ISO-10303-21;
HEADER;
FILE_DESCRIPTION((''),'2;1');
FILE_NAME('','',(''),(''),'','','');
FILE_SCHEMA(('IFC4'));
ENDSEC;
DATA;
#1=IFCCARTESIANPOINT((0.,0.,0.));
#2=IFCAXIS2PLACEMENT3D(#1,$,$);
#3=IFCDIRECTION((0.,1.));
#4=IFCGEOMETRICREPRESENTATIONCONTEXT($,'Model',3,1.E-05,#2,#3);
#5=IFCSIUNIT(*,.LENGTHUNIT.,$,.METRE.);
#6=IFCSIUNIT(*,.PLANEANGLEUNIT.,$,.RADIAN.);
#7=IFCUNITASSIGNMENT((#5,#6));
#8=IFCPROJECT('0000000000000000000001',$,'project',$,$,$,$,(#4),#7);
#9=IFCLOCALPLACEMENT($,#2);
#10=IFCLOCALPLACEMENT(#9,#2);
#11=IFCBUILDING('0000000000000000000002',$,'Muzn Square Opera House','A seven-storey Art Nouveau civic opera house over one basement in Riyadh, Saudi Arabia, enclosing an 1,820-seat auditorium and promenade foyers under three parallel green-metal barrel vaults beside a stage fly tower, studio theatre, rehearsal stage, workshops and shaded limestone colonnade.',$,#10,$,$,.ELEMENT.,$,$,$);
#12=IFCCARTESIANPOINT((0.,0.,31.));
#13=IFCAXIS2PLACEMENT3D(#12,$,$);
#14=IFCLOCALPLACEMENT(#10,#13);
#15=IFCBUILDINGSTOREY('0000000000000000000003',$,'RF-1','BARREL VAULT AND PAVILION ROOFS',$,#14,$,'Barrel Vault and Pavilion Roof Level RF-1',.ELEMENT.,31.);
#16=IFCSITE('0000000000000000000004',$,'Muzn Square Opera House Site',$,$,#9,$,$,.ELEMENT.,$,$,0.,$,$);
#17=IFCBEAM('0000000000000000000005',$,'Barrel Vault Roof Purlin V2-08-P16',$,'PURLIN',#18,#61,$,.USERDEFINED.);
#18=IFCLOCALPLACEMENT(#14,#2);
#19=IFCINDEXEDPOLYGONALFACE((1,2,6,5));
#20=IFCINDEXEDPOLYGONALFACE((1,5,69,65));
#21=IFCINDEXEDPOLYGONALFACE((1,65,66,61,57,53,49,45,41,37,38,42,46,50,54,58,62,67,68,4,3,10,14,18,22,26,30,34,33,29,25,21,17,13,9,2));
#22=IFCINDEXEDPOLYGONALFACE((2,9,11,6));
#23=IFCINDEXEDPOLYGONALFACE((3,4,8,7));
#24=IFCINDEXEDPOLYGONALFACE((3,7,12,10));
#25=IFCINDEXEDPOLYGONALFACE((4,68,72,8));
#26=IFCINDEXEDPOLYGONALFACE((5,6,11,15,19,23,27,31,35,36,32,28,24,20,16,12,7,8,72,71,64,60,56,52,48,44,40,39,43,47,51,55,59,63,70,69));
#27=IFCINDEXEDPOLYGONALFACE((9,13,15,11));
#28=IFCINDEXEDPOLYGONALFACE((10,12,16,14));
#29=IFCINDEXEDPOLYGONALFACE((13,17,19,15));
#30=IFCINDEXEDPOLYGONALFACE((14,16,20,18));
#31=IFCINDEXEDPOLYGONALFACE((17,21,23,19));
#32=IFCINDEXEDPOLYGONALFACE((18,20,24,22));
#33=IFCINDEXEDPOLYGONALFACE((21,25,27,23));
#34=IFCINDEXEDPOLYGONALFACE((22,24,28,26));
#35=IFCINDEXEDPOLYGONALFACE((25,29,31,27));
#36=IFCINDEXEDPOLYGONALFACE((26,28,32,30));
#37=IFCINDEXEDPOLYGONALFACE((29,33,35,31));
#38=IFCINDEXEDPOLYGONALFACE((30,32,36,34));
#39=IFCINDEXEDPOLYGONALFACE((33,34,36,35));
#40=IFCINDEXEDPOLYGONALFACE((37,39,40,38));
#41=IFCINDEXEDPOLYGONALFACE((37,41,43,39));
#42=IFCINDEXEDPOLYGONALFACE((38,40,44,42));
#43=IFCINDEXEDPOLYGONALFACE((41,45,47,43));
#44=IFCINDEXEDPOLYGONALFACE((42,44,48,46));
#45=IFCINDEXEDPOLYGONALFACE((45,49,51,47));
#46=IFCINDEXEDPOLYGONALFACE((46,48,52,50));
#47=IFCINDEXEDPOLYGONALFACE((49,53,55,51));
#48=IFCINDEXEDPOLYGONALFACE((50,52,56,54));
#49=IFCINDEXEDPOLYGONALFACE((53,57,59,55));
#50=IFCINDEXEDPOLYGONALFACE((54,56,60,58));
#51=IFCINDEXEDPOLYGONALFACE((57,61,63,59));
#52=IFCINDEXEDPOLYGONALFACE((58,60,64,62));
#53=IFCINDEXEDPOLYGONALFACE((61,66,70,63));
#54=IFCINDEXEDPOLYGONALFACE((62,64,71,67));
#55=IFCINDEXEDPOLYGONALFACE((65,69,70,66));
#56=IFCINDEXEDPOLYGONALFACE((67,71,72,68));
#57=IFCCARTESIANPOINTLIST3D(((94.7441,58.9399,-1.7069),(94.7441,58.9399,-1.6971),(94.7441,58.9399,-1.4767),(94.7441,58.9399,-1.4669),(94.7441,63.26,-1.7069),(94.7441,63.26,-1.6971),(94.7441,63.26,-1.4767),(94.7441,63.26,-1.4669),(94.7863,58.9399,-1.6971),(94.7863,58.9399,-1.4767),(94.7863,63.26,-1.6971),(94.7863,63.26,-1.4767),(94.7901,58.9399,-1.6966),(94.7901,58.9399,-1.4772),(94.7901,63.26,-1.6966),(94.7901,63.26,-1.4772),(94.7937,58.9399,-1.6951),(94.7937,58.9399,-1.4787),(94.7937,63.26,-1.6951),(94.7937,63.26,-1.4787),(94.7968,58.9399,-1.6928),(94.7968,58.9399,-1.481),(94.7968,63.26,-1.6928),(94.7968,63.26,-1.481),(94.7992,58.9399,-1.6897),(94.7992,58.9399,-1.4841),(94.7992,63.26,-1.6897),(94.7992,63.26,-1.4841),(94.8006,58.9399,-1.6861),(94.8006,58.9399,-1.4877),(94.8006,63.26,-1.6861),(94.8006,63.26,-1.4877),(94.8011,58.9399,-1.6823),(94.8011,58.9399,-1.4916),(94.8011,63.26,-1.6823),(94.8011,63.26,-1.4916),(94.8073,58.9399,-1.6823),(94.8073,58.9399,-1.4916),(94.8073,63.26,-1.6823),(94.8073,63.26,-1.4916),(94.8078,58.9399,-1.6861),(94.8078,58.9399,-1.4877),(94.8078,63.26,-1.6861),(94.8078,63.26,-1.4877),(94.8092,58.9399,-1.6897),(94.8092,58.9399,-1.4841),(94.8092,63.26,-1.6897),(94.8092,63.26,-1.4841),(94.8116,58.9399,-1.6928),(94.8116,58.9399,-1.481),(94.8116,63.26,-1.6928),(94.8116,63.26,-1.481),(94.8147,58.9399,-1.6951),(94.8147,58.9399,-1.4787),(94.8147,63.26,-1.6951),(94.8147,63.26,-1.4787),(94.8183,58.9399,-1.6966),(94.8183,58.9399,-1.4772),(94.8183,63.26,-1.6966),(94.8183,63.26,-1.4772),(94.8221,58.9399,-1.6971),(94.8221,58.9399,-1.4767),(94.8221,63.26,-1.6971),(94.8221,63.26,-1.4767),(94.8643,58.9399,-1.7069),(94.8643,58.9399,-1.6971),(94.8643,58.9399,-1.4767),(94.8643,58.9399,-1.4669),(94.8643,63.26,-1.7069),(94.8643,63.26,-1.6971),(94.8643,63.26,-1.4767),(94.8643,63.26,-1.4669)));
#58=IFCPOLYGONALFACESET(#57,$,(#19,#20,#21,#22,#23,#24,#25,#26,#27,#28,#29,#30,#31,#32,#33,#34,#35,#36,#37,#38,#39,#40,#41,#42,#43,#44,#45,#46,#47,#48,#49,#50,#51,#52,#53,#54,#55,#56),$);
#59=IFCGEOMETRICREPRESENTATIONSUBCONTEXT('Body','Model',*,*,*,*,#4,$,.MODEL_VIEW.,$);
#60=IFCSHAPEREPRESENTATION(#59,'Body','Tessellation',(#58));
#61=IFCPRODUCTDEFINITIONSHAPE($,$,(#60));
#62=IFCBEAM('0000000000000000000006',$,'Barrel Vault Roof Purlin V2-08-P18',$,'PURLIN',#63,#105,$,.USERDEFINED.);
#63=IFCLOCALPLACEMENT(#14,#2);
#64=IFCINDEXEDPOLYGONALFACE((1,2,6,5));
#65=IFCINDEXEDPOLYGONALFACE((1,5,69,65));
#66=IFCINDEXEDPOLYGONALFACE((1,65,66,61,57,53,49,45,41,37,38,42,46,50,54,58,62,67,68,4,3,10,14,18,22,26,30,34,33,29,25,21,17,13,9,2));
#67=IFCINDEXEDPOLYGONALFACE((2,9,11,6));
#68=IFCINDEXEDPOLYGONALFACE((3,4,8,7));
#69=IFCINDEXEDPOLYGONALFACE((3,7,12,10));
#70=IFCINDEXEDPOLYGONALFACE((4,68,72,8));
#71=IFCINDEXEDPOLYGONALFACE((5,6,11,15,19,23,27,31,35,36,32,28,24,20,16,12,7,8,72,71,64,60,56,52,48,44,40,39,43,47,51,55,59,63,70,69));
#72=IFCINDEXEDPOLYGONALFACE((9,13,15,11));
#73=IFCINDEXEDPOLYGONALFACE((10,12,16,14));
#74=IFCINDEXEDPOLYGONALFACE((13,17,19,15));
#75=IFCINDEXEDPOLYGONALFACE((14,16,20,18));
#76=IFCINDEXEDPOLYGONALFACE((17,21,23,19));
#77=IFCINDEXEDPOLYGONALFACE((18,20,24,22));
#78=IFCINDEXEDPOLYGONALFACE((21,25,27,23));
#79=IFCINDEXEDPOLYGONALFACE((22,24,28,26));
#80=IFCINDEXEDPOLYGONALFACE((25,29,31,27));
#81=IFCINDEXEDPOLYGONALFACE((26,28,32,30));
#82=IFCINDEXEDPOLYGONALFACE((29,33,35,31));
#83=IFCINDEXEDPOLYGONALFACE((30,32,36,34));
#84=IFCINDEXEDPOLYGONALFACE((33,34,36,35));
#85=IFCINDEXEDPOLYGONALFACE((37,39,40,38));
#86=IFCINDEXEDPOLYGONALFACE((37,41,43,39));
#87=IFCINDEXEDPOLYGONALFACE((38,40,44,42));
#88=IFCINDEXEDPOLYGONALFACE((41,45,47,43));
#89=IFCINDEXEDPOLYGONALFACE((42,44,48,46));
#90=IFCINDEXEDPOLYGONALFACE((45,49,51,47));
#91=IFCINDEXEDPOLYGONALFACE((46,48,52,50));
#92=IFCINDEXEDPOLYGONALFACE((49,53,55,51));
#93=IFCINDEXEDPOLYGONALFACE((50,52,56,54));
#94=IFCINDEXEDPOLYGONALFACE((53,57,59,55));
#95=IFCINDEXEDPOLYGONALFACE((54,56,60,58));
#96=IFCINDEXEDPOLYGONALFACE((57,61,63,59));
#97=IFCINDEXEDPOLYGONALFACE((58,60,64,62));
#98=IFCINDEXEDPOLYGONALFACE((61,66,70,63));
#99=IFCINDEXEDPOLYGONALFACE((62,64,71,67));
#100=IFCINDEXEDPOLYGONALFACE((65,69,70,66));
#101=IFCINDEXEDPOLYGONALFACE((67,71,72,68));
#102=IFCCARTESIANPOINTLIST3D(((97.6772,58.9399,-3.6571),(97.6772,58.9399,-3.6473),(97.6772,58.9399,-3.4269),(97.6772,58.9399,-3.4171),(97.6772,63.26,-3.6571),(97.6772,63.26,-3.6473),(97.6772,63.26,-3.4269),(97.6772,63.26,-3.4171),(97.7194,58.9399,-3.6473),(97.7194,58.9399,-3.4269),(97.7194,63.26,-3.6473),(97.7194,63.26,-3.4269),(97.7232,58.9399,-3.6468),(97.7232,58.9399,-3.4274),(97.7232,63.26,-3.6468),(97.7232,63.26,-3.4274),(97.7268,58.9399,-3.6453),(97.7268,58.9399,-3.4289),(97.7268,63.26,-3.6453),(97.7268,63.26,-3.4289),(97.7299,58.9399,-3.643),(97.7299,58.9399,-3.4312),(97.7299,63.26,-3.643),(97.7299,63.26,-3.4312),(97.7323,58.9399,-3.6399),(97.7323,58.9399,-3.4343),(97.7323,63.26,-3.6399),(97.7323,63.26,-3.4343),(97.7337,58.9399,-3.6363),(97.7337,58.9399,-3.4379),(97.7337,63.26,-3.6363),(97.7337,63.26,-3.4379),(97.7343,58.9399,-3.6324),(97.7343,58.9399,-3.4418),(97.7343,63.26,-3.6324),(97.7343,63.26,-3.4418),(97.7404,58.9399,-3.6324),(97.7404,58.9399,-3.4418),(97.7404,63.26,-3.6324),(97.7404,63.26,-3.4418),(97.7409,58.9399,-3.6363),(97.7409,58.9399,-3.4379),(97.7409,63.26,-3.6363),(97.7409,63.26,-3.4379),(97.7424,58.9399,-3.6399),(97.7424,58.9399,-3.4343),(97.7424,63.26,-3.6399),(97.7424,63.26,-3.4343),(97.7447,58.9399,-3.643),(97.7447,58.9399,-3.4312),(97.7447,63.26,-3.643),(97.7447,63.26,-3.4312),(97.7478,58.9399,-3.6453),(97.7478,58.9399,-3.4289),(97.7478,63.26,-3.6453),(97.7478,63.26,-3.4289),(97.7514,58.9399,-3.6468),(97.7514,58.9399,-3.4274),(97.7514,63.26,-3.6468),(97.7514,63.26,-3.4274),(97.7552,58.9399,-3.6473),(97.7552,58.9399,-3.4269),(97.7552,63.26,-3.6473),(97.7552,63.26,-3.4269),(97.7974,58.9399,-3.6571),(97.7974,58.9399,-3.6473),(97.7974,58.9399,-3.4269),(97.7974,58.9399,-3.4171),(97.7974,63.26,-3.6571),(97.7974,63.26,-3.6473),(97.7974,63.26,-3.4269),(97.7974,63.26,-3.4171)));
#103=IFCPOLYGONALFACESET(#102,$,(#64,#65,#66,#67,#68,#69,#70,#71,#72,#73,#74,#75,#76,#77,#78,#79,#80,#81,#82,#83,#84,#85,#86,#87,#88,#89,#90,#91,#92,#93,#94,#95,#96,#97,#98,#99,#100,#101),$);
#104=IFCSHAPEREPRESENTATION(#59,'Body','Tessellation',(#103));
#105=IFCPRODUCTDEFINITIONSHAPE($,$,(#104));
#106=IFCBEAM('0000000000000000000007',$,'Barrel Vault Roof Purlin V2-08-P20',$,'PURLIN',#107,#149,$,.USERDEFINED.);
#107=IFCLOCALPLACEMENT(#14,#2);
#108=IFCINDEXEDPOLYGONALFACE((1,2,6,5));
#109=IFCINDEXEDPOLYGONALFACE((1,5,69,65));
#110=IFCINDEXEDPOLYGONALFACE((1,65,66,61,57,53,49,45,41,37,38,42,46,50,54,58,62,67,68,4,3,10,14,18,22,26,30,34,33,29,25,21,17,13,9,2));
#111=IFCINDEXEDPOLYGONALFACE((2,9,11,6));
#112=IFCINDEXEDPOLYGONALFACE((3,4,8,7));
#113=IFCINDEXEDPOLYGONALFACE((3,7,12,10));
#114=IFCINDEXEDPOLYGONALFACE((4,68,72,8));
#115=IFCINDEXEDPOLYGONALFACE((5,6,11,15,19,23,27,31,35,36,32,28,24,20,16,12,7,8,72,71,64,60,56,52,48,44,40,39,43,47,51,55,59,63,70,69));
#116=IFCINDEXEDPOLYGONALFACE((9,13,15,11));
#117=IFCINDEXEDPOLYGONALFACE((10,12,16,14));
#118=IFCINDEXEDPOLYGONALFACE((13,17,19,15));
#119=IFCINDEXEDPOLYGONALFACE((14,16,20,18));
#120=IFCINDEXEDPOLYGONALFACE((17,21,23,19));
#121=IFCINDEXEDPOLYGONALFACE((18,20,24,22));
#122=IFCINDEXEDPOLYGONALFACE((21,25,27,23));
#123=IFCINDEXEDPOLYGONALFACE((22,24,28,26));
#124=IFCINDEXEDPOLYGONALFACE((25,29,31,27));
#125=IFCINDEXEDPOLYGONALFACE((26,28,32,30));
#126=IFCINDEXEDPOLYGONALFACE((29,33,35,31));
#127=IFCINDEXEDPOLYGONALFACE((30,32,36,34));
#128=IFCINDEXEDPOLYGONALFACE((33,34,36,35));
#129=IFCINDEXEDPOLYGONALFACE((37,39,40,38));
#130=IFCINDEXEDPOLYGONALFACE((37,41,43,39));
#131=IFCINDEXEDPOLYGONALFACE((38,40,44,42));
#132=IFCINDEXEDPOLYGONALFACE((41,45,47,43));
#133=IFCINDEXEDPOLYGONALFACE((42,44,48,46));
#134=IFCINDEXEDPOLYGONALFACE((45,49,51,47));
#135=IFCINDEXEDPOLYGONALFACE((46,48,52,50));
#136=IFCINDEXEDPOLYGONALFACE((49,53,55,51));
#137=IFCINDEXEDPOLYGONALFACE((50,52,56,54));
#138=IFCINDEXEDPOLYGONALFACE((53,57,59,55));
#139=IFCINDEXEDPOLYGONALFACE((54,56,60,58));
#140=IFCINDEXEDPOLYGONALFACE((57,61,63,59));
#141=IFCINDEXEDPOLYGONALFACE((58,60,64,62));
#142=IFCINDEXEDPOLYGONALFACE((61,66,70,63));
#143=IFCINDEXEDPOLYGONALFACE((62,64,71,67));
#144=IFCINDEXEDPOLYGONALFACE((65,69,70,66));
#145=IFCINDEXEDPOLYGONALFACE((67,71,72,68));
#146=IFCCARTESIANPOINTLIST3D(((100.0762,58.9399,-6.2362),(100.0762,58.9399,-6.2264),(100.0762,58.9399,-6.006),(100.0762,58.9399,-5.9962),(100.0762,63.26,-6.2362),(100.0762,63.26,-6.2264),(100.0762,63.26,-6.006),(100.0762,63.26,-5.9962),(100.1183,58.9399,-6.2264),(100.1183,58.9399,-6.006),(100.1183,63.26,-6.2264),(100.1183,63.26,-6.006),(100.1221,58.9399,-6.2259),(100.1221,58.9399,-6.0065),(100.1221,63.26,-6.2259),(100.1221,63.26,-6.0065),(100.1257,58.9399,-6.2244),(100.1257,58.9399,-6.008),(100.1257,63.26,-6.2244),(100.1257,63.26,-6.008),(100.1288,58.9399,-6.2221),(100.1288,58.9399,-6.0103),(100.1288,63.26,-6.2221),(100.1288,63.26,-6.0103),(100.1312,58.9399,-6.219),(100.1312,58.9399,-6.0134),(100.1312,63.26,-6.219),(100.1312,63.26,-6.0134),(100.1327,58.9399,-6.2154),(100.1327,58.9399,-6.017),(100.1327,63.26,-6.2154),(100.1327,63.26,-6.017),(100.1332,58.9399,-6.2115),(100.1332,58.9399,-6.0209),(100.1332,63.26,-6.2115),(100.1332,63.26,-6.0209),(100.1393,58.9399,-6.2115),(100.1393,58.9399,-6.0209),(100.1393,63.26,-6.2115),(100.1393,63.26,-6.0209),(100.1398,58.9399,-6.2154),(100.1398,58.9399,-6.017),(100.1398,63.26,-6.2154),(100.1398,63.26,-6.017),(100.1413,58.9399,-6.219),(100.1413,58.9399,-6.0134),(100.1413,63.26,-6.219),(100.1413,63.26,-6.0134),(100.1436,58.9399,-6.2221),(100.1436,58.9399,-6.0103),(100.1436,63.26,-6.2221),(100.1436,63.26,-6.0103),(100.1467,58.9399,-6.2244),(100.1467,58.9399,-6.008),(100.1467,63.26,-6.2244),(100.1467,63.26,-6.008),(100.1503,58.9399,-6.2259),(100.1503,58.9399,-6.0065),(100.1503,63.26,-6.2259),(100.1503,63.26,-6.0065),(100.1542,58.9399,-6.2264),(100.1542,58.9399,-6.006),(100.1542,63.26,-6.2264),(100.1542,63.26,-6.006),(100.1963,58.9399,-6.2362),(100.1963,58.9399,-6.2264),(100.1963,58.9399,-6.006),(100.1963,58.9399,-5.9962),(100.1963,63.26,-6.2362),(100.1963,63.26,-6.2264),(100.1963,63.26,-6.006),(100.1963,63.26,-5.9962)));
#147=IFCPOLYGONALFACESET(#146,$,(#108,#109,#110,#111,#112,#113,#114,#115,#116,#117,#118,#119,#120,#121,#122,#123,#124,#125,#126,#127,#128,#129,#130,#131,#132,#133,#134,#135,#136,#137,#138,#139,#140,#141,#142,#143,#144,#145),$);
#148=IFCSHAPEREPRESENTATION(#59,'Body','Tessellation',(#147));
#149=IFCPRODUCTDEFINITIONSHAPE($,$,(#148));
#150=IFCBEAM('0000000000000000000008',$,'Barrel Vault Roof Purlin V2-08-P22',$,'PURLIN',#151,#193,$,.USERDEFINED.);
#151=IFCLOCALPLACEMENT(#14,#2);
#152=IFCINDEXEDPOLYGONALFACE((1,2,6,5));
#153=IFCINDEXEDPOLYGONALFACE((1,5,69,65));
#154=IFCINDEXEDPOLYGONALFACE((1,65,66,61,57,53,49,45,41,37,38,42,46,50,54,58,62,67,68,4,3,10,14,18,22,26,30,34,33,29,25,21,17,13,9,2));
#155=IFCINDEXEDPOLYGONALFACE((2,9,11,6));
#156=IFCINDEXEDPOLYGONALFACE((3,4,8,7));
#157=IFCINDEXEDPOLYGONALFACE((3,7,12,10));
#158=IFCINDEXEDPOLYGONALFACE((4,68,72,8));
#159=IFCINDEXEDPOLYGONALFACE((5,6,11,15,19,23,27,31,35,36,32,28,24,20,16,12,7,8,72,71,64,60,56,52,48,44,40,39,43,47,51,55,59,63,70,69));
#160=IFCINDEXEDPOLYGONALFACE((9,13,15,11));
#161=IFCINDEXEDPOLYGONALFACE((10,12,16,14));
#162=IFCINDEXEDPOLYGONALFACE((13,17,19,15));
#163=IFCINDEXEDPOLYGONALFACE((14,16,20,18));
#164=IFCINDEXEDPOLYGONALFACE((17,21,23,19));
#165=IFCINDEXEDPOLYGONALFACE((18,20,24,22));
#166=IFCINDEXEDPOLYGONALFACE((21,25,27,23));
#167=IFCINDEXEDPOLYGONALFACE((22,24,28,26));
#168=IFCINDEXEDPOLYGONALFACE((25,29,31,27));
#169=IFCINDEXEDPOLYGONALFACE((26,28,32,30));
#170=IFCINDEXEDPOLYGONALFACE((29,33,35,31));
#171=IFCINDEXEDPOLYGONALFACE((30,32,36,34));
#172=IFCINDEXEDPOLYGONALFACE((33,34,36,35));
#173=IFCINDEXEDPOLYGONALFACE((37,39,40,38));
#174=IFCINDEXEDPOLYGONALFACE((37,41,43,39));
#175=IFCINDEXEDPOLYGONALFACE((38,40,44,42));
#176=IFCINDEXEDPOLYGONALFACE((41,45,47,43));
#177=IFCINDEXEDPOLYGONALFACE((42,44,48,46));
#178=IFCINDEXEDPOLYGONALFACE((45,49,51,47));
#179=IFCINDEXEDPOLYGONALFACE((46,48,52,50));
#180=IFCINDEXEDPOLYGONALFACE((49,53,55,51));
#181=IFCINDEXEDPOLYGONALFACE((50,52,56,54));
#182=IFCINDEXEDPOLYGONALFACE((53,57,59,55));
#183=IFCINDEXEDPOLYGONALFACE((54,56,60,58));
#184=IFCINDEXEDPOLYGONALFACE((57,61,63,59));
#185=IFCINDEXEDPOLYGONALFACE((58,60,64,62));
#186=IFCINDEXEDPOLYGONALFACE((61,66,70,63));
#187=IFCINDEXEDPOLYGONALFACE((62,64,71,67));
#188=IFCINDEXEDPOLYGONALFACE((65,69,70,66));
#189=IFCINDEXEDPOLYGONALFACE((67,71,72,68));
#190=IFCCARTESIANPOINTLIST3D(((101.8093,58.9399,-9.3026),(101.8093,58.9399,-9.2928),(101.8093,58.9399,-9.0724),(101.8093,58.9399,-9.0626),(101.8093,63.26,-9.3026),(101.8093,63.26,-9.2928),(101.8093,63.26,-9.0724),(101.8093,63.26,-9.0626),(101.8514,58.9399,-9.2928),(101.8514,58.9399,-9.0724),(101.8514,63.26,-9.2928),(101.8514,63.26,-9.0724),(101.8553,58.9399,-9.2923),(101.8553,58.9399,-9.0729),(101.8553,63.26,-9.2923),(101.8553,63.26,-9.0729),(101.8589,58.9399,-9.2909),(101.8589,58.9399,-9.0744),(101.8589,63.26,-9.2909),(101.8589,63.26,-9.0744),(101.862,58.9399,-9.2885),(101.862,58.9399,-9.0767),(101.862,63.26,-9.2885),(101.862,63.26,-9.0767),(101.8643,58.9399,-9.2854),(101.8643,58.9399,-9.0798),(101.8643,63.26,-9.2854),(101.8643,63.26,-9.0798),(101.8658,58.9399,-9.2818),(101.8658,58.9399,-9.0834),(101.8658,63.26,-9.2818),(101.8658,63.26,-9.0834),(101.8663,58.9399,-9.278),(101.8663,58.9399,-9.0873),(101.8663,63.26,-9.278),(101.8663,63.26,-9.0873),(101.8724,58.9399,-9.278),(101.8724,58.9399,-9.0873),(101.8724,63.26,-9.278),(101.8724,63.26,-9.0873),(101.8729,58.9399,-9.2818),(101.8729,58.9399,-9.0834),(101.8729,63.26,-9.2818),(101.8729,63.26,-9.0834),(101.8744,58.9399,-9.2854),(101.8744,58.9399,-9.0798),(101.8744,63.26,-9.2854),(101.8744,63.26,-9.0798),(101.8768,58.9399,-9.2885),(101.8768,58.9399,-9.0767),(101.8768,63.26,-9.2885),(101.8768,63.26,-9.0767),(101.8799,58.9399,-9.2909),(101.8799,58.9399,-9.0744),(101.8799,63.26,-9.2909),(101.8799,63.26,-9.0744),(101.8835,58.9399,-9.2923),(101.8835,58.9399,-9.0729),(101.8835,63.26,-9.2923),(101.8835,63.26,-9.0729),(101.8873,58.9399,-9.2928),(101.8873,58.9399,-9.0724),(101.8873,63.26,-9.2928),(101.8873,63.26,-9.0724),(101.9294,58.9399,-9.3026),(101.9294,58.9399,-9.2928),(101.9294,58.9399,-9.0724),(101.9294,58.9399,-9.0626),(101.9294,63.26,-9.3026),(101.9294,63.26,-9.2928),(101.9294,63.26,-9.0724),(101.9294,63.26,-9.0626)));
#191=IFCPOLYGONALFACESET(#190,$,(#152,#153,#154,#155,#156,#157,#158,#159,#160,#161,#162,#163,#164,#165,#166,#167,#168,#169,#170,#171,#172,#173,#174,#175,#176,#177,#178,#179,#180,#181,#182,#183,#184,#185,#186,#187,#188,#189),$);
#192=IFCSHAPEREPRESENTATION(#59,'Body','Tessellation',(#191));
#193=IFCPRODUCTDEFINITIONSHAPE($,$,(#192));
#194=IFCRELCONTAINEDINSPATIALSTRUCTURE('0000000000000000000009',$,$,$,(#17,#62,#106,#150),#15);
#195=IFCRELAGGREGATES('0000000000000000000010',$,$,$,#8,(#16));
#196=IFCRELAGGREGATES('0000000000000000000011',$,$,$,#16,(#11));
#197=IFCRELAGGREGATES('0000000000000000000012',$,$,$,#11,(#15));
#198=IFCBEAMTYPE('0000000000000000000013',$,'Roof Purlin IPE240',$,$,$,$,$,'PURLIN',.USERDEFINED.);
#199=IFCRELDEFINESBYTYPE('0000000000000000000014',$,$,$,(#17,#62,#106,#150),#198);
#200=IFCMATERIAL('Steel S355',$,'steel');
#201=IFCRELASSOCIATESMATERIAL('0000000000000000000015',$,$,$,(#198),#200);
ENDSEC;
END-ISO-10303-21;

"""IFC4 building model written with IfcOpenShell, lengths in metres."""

from ifc_helpers import new_model, si_unit, direction, frame, origin, origin_2d, place, context, subcontext, project, spatial, i_section, extrude, material, material_profile, profile_set, type_object, element, save


model = new_model("IFC4")

# Units and contexts
model_context = context("Model", 3, precision=1e-05, world=origin(), true_north=direction((0.0, 1.0)))
body_context = subcontext(model_context, "Body", "Model", "MODEL_VIEW")
ifc_project = project(units=[si_unit("LENGTHUNIT", "METRE"), si_unit("PLANEANGLEUNIT", "RADIAN")], contexts=[model_context])

# Site, building, storey
site_placement = place(None, origin())
site = spatial("IfcSite", under=ifc_project, at=site_placement, Name="Muzn Square Opera House Site", CompositionType="ELEMENT", RefElevation=0.0)
building_placement = place(site_placement, origin())
building = spatial("IfcBuilding", under=site, at=building_placement, Name="Muzn Square Opera House", Description="A seven-storey Art Nouveau civic opera house over one basement in Riyadh, Saudi Arabia, enclosing an 1,820-seat auditorium and promenade foyers under three parallel green-metal barrel vaults beside a stage fly tower, studio theatre, rehearsal stage, workshops and shaded limestone colonnade.", CompositionType="ELEMENT")
storey_placement = place(building_placement, frame((0.0, 0.0, 31.0)))
storey = spatial("IfcBuildingStorey", under=building, at=storey_placement, Name="RF-1", Description="BARREL VAULT AND PAVILION ROOFS", LongName="Barrel Vault and Pavilion Roof Level RF-1", CompositionType="ELEMENT", Elevation=31.0)

# Beams
ifc_material_1 = material(Name="Steel S355", Category="steel")
ifc_material_profile_1 = material_profile(ifc_material_1, i_section(OverallWidth=0.1201, OverallDepth=0.24, WebThickness=0.0061, FlangeThickness=0.0098, FilletRadius=0.0149, at=origin_2d()), Name="IPE 240", Category="steel")
ifc_profile_set_1 = profile_set([ifc_material_profile_1], Name="Steel S355")
beam_type_1 = type_object("IfcBeamType", Name="Roof Purlin IPE240", ElementType="PURLIN", PredefinedType="USERDEFINED", material=ifc_profile_set_1)
for number, where, z_axis, x_axis, name in (
    (1, (94.8042, 58.9399, -1.5869), (0.0, 1.0, 0.0), (-1.0, 0.0, 0.0), "Barrel Vault Roof Purlin V2-08-P16"),
    (2, (97.7373, 58.9399, -3.5371), (0.0, 1.0, 0.0), (-1.0, 0.0, 0.0), "Barrel Vault Roof Purlin V2-08-P18"),
    (3, (100.1362, 58.9399, -6.1162), (0.0, 1.0, 0.0), (-1.0, 0.0, 0.0), "Barrel Vault Roof Purlin V2-08-P20"),
    (4, (101.8694, 58.9399, -9.1826), (0.0, 1.0, 0.0), (-1.0, 0.0, 0.0), "Barrel Vault Roof Purlin V2-08-P22"),
):
    element("IfcBeam", number, at=place(storey_placement, frame(where, z_axis=z_axis, x_axis=x_axis)), inside=storey, type_object=beam_type_1, Name=name, ObjectType="PURLIN", PredefinedType="USERDEFINED", context=body_context, shape_type="SweptSolid", body=[
        extrude(i_section(OverallWidth=0.1201, OverallDepth=0.24, WebThickness=0.0061, FlangeThickness=0.0098, FilletRadius=0.0149, at=origin_2d()), origin(), (0.0, 0.0, 1.0), 4.3201),
    ])

save(model, "model.ifc")
